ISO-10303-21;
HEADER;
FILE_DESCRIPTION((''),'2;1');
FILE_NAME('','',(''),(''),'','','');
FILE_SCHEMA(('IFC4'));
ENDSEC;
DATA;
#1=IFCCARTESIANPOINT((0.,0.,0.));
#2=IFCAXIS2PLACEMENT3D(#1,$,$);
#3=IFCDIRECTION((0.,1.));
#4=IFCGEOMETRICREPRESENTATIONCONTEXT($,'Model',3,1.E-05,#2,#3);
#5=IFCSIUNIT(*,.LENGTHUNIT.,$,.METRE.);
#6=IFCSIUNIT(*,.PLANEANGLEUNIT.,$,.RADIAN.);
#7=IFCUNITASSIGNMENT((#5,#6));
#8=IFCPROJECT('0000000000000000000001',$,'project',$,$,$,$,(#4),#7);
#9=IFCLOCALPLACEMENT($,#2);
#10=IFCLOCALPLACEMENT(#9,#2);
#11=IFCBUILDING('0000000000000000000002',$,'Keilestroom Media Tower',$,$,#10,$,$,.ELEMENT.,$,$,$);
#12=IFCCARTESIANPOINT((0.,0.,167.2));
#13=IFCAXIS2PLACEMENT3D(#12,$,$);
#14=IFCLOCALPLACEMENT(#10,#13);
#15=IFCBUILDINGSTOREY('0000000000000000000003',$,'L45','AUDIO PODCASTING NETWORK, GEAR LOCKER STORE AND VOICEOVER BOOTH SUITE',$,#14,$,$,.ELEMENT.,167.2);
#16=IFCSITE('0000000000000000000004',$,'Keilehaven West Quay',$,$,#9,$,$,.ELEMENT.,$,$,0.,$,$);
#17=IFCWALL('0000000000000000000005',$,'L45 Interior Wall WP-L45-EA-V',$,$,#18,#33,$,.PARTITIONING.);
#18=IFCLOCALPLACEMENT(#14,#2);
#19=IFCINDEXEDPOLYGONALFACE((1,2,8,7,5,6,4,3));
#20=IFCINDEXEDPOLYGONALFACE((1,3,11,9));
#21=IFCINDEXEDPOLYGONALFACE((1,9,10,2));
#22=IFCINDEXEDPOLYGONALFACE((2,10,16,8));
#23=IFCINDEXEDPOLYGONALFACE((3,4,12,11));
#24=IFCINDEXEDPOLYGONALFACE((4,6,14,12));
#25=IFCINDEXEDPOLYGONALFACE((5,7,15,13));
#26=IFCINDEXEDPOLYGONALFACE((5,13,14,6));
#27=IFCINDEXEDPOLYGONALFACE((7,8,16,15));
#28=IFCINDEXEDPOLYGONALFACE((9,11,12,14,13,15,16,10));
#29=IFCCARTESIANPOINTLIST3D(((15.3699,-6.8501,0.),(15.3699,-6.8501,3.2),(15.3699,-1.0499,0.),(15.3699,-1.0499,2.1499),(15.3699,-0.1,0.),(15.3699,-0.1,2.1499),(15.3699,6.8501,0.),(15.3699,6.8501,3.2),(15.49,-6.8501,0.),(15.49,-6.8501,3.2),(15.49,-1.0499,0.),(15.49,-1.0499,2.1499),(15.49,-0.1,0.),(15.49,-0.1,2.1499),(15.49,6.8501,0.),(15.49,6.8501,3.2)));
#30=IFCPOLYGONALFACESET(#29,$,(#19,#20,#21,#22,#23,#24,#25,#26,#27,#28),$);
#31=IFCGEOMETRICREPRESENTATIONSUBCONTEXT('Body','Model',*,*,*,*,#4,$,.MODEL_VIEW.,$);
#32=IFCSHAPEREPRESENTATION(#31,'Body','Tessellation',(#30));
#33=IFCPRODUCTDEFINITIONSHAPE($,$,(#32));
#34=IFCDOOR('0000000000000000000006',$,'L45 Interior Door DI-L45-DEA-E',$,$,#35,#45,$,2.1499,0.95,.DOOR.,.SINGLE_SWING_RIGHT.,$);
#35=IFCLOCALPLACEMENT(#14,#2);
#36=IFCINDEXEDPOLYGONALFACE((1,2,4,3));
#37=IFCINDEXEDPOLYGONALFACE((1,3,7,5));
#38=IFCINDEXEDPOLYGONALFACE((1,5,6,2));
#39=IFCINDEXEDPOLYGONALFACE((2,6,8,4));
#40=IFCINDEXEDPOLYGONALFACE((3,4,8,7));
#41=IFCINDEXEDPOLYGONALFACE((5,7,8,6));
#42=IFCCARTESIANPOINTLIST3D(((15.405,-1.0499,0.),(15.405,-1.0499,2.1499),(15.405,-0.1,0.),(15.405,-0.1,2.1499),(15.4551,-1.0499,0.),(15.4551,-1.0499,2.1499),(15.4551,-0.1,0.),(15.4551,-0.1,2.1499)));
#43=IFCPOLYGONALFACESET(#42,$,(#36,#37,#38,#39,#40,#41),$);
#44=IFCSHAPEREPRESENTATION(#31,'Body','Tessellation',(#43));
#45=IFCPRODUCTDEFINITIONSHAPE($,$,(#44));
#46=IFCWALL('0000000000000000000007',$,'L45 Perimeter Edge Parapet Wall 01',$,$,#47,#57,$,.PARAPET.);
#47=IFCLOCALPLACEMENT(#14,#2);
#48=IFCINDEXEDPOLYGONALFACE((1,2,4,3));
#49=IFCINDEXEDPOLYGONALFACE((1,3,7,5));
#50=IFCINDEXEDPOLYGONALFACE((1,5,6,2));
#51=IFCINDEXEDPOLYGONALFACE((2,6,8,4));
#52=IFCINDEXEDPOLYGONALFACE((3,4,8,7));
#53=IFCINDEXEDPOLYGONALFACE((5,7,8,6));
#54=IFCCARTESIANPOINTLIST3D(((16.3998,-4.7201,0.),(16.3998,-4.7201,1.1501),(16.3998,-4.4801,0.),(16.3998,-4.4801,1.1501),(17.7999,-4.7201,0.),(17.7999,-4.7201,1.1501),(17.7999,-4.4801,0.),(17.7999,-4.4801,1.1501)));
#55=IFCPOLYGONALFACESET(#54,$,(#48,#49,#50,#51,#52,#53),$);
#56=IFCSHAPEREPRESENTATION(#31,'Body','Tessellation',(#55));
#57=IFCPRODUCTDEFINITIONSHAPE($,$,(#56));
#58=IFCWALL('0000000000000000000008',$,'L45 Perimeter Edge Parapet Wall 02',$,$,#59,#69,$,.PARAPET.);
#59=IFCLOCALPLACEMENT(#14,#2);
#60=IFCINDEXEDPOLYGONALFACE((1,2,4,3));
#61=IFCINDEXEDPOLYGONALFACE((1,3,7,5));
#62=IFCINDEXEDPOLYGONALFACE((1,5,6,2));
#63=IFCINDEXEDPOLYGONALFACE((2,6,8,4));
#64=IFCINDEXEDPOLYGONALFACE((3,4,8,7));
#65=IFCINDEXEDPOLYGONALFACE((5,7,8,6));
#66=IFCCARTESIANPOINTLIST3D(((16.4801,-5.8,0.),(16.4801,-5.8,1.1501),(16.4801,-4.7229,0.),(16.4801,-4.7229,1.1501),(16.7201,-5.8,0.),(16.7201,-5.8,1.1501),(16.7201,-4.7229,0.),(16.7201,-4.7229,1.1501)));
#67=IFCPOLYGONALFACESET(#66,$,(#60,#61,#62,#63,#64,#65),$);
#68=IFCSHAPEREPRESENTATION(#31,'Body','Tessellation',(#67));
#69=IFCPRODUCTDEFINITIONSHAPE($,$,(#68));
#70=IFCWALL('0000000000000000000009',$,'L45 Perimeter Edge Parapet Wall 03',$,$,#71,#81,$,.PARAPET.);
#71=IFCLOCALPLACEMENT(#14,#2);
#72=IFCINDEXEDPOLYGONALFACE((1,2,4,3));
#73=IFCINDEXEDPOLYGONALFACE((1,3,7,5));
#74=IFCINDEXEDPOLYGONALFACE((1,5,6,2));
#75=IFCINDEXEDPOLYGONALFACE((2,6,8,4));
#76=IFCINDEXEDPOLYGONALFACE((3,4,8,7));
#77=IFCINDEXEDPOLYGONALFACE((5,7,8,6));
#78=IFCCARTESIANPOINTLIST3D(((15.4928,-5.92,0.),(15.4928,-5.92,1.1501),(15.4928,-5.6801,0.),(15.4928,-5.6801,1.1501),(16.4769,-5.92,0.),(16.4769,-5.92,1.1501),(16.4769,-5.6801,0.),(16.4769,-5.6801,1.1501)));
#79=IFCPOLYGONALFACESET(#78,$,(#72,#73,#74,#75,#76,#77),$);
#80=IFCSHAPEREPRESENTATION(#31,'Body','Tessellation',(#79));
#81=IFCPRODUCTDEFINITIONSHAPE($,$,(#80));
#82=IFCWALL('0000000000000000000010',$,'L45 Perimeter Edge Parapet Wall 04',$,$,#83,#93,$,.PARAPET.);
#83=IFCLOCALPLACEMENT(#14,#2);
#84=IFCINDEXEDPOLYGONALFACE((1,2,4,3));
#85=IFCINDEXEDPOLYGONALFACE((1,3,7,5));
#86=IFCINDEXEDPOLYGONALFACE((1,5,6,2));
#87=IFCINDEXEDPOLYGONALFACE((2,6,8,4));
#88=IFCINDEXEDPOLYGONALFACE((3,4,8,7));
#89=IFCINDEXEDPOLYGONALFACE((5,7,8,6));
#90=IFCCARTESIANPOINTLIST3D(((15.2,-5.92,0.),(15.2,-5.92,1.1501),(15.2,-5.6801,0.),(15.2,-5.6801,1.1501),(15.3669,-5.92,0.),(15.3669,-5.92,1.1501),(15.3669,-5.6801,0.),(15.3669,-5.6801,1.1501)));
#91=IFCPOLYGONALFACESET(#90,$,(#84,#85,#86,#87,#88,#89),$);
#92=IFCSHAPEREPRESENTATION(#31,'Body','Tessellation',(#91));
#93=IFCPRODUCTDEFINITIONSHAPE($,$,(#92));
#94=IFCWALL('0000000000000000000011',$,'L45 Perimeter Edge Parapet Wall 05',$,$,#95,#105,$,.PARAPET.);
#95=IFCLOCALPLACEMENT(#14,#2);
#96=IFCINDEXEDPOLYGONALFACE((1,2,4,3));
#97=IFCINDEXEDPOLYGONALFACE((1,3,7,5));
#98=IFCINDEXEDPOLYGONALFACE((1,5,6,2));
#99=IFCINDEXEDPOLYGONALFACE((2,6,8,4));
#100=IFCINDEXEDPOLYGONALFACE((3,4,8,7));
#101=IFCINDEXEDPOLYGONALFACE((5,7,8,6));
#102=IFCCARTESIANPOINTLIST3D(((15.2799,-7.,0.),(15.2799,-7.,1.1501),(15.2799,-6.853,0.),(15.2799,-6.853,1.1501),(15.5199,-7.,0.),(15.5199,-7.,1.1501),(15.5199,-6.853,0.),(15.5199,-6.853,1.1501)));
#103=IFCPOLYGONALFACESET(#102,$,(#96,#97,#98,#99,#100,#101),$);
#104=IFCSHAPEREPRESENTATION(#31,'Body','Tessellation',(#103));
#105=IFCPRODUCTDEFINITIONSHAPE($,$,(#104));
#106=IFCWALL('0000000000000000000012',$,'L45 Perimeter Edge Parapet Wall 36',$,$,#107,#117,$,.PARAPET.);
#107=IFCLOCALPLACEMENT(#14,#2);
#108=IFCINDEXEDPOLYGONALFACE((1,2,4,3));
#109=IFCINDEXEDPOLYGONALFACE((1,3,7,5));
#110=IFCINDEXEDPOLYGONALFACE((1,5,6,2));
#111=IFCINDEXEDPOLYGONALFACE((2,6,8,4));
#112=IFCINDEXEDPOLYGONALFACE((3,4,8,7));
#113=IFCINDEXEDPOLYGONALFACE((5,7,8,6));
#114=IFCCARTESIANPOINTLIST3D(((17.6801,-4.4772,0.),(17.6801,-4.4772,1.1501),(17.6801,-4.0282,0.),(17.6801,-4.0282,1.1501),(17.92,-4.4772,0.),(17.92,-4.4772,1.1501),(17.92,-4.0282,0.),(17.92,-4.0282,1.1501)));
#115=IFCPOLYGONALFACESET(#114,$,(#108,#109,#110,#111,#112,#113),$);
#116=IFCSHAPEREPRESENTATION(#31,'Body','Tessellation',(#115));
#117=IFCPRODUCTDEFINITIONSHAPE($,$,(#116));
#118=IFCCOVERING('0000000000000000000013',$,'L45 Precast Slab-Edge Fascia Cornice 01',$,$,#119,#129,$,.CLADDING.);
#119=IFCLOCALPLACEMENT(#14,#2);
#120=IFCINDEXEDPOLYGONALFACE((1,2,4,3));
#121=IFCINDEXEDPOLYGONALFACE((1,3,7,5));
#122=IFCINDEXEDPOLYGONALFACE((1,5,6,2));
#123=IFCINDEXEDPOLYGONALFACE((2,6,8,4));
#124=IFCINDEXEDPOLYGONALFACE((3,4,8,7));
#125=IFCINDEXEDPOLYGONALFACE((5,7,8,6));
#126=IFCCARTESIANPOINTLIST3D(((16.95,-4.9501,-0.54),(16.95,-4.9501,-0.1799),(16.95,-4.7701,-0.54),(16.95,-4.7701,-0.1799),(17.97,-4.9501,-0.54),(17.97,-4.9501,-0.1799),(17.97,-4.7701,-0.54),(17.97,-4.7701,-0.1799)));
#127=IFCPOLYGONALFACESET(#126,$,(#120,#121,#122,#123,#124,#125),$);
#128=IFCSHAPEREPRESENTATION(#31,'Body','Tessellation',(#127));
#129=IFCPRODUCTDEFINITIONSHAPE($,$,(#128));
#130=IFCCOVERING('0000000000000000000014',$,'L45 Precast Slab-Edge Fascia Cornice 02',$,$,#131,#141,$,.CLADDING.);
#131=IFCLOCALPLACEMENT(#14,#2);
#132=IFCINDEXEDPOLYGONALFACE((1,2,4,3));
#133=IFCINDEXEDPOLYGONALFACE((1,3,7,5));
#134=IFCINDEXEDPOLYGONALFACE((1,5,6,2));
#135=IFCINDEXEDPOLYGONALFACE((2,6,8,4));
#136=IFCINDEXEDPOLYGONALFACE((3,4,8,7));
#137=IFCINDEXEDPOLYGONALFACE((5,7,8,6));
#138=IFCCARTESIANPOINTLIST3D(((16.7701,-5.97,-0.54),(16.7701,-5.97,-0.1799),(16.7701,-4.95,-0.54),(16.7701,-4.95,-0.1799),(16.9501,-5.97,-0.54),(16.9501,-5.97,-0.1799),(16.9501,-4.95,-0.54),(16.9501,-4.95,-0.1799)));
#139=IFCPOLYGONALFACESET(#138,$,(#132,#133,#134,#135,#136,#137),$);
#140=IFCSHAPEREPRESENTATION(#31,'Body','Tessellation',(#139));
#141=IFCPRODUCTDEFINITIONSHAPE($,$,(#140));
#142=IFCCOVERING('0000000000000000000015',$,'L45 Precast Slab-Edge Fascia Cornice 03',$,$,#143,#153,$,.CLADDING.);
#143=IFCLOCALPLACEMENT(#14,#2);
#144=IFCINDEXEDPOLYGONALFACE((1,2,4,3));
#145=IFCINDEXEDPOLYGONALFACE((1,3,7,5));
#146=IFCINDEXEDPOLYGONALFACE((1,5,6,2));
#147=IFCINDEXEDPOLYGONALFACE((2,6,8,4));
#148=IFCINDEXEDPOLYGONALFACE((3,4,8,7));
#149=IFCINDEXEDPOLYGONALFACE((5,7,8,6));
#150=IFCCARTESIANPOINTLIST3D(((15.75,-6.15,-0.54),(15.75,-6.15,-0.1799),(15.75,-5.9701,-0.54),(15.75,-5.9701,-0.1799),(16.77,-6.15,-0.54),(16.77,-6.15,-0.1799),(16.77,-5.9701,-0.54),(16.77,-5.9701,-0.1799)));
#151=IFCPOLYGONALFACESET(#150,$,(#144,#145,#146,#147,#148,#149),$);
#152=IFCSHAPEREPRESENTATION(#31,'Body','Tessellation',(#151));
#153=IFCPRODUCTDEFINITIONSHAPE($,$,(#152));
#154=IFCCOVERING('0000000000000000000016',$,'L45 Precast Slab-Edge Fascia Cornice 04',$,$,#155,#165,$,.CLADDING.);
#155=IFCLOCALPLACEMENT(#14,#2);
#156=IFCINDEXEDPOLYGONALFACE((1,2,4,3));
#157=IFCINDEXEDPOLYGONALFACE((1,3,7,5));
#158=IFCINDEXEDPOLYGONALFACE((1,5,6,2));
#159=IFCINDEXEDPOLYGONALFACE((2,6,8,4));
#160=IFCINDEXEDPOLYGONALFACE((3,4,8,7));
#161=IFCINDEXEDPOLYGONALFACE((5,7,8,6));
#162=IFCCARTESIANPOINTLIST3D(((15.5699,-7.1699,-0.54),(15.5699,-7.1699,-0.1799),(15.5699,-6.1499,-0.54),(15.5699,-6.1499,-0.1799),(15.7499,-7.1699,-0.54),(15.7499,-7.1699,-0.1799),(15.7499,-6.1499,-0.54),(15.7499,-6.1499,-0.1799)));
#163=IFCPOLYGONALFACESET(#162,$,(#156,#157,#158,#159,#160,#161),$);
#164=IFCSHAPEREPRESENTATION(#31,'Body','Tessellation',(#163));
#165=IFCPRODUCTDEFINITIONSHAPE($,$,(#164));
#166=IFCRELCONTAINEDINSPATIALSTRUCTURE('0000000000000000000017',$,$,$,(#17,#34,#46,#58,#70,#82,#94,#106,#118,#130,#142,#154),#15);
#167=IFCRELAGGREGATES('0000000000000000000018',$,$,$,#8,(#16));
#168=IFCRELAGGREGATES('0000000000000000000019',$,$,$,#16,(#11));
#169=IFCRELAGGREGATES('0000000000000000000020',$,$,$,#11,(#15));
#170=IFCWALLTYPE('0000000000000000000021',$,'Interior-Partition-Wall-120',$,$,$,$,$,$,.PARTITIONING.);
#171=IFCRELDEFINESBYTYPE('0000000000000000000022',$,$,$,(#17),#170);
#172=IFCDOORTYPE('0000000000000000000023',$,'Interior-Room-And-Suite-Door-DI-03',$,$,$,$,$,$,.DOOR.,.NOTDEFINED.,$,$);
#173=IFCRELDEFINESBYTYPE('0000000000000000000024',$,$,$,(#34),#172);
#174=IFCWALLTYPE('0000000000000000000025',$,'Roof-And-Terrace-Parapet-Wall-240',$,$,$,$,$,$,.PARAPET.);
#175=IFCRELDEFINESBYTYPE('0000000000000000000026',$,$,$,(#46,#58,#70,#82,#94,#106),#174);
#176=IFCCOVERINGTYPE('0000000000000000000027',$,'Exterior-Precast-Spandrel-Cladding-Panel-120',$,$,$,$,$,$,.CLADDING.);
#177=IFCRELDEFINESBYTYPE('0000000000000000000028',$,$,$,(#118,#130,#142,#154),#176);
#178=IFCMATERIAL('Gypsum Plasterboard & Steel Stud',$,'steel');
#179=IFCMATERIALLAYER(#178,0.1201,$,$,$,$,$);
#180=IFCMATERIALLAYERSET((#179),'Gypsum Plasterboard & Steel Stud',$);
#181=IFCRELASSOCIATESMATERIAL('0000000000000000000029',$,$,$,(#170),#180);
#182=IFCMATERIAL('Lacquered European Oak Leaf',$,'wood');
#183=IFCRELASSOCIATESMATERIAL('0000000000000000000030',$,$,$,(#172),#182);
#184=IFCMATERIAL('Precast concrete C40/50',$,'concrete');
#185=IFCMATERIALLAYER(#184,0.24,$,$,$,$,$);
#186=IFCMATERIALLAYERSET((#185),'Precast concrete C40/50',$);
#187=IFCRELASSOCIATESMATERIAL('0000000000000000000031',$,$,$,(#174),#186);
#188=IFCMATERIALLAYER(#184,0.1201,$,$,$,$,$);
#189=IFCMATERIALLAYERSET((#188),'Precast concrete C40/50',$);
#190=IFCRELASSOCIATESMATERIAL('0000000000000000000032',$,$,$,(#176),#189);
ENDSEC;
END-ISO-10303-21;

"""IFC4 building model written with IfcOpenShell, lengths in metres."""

from ifc_helpers import new_model, si_unit, direction, frame, frame_2d, origin, origin_2d, place, context, subcontext, project, spatial, rectangle, extrude, source, transform, mapped, material, layer, layer_set, type_object, element, fill, save


model = new_model("IFC4")

# Units and contexts
model_context = context("Model", 3, precision=1e-05, world=origin(), true_north=direction((0.0, 1.0)))
body_context = subcontext(model_context, "Body", "Model", "MODEL_VIEW")
ifc_project = project(units=[si_unit("LENGTHUNIT", "METRE"), si_unit("PLANEANGLEUNIT", "RADIAN")], contexts=[model_context])

# Site, building, storey
site_placement = place(None, origin())
site = spatial("IfcSite", under=ifc_project, at=site_placement, Name="Keilehaven West Quay", CompositionType="ELEMENT", RefElevation=0.0)
building_placement = place(site_placement, origin())
building = spatial("IfcBuilding", under=site, at=building_placement, Name="Keilestroom Media Tower", CompositionType="ELEMENT")
storey_placement = place(building_placement, frame((0.0, 0.0, 167.2)))
storey = spatial("IfcBuildingStorey", under=building, at=storey_placement, Name="L45", Description="AUDIO PODCASTING NETWORK, GEAR LOCKER STORE AND VOICEOVER BOOTH SUITE", CompositionType="ELEMENT", Elevation=167.2)

# Shared definitions
ifc_material_1 = material(Name="Precast concrete C40/50", Category="concrete")

# Wall, opening, door
ifc_material_2 = material(Name="Gypsum Plasterboard & Steel Stud", Category="steel")
ifc_layer_1 = layer(ifc_material_2, 0.1201)
ifc_layer_set_1 = layer_set([ifc_layer_1], Name="Gypsum Plasterboard & Steel Stud")
wall_type_1 = type_object("IfcWallType", Name="Interior-Partition-Wall-120", PredefinedType="PARTITIONING", material=ifc_layer_set_1)
wall_1_placement = place(storey_placement, frame((15.4299, -6.8501, 0.0), z_axis=(0.0, 0.0, 1.0), x_axis=(0.0, 1.0, 0.0)))
wall_1 = element("IfcWall", 1, at=wall_1_placement, inside=storey, type_object=wall_type_1, Name="L45 Interior Wall WP-L45-EA-V", PredefinedType="PARTITIONING", context=body_context, shape_type="SweptSolid", body=[
    extrude(rectangle(XDim=13.7002, YDim=0.1201, at=frame_2d((6.8501, 0.0))), origin(), (0.0, 0.0, 1.0), 3.2),
])
opening_placement = place(wall_1_placement, frame((5.8, 0.0, 0.0)))
opening = element("IfcOpeningElement", 2, at=opening_placement, cuts=wall_1, PredefinedType="OPENING", context=body_context, shape_type="SweptSolid", body=[
    extrude(rectangle(XDim=0.95, YDim=2.1499, at=frame_2d((0.4751, 1.075))), frame((0.0, 0.0701, 0.0), z_axis=(0.0, -1.0, 0.0), x_axis=(1.0, 0.0, 0.0)), (0.0, 0.0, 1.0), 0.1401),
])
ifc_material_3 = material(Name="Lacquered European Oak Leaf", Category="wood")
door_type = type_object("IfcDoorType", Name="Interior-Room-And-Suite-Door-DI-03", OperationType="NOTDEFINED", PredefinedType="DOOR", material=ifc_material_3)
shared_shape_1 = source(origin(), body_context, "Body", "SweptSolid", [
    extrude(rectangle(XDim=0.95, YDim=2.1499, at=frame_2d((0.4751, 1.075))), frame((0.0, 0.0249, 0.0), z_axis=(0.0, -1.0, 0.0), x_axis=(1.0, 0.0, 0.0)), (0.0, 0.0, 1.0), 0.05),
])
door_placement = place(opening_placement, origin())
door = element("IfcDoor", 3, at=door_placement, inside=storey, type_object=door_type, Name="L45 Interior Door DI-L45-DEA-E", OperationType="SINGLE_SWING_RIGHT", OverallHeight=2.1499, OverallWidth=0.95, PredefinedType="DOOR", context=body_context, shape_type="MappedRepresentation", body=[
    mapped(shared_shape_1, transform((0.0, 0.0, 0.0), x_axis=(1.0, 0.0, 0.0), y_axis=(0.0, 1.0, 0.0), z_axis=(0.0, 0.0, 1.0), scale=1.0)),
])
fill(opening, door)

# Walls
ifc_layer_2 = layer(ifc_material_1, 0.24)
ifc_layer_set_2 = layer_set([ifc_layer_2], Name="Precast concrete C40/50")
wall_type_2 = type_object("IfcWallType", Name="Roof-And-Terrace-Parapet-Wall-240", PredefinedType="PARAPET", material=ifc_layer_set_2)
wall_2_placement = place(storey_placement, frame((17.8, -4.6001, 0.0), z_axis=(0.0, 0.0, 1.0), x_axis=(-1.0, 0.0, 0.0)))
element("IfcWall", 4, at=wall_2_placement, inside=storey, type_object=wall_type_2, Name="L45 Perimeter Edge Parapet Wall 01", PredefinedType="PARAPET", context=body_context, shape_type="SweptSolid", body=[
    extrude(rectangle(XDim=1.4001, YDim=0.24, at=frame_2d((0.7002, 0.0))), origin(), (0.0, 0.0, 1.0), 1.1501),
])
wall_3_placement = place(storey_placement, frame((16.6001, -4.7229, 0.0), z_axis=(0.0, 0.0, 1.0), x_axis=(0.0, -1.0, 0.0)))
element("IfcWall", 5, at=wall_3_placement, inside=storey, type_object=wall_type_2, Name="L45 Perimeter Edge Parapet Wall 02", PredefinedType="PARAPET", context=body_context, shape_type="SweptSolid", body=[
    extrude(rectangle(XDim=1.0771, YDim=0.24, at=frame_2d((0.5386, 0.0))), origin(), (0.0, 0.0, 1.0), 1.1501),
])
wall_4_placement = place(storey_placement, frame((16.4771, -5.8, 0.0), z_axis=(0.0, 0.0, 1.0), x_axis=(-1.0, 0.0, 0.0)))
element("IfcWall", 6, at=wall_4_placement, inside=storey, type_object=wall_type_2, Name="L45 Perimeter Edge Parapet Wall 03", PredefinedType="PARAPET", context=body_context, shape_type="SweptSolid", body=[
    extrude(rectangle(XDim=0.9841, YDim=0.24, at=frame_2d((0.4922, 0.0))), origin(), (0.0, 0.0, 1.0), 1.1501),
])
wall_5_placement = place(storey_placement, frame((15.3669, -5.8, 0.0), z_axis=(0.0, 0.0, 1.0), x_axis=(-1.0, 0.0, 0.0)))
element("IfcWall", 7, at=wall_5_placement, inside=storey, type_object=wall_type_2, Name="L45 Perimeter Edge Parapet Wall 04", PredefinedType="PARAPET", context=body_context, shape_type="SweptSolid", body=[
    extrude(rectangle(XDim=0.167, YDim=0.24, at=frame_2d((0.0835, 0.0))), origin(), (0.0, 0.0, 1.0), 1.1501),
])
wall_6_placement = place(storey_placement, frame((15.3999, -6.853, 0.0), z_axis=(0.0, 0.0, 1.0), x_axis=(0.0, -1.0, 0.0)))
element("IfcWall", 8, at=wall_6_placement, inside=storey, type_object=wall_type_2, Name="L45 Perimeter Edge Parapet Wall 05", PredefinedType="PARAPET", context=body_context, shape_type="SweptSolid", body=[
    extrude(rectangle(XDim=0.147, YDim=0.24, at=frame_2d((0.0735, 0.0))), origin(), (0.0, 0.0, 1.0), 1.1501),
])
wall_7_placement = place(storey_placement, frame((17.8, -4.0281, 0.0), z_axis=(0.0, 0.0, 1.0), x_axis=(0.0, -1.0, 0.0)))
element("IfcWall", 9, at=wall_7_placement, inside=storey, type_object=wall_type_2, Name="L45 Perimeter Edge Parapet Wall 36", PredefinedType="PARAPET", context=body_context, shape_type="SweptSolid", body=[
    extrude(rectangle(XDim=0.449, YDim=0.24, at=frame_2d((0.2246, 0.0))), origin(), (0.0, 0.0, 1.0), 1.1501),
])

# Coverings
ifc_layer_3 = layer(ifc_material_1, 0.1201)
ifc_layer_set_3 = layer_set([ifc_layer_3], Name="Precast concrete C40/50")
covering_type = type_object("IfcCoveringType", Name="Exterior-Precast-Spandrel-Cladding-Panel-120", PredefinedType="CLADDING", material=ifc_layer_set_3)
shared_shape_2 = source(origin(), body_context, "Body", "SweptSolid", [
    extrude(rectangle(XDim=1.02, YDim=0.1799, at=origin_2d()), origin(), (0.0, 0.0, 1.0), 0.3601),
])
for number, where, z_axis, x_axis, name in (
    (10, (17.46, -4.8601, -0.54), (0.0, 0.0, 1.0), (-1.0, 0.0, 0.0), "L45 Precast Slab-Edge Fascia Cornice 01"),
    (11, (16.8601, -5.46, -0.54), (0.0, 0.0, 1.0), (0.0, -1.0, 0.0), "L45 Precast Slab-Edge Fascia Cornice 02"),
    (12, (16.26, -6.0601, -0.54), (0.0, 0.0, 1.0), (-1.0, 0.0, 0.0), "L45 Precast Slab-Edge Fascia Cornice 03"),
    (13, (15.6599, -6.6599, -0.54), (0.0, 0.0, 1.0), (0.0, -1.0, 0.0), "L45 Precast Slab-Edge Fascia Cornice 04"),
):
    element("IfcCovering", number, at=place(storey_placement, frame(where, z_axis=z_axis, x_axis=x_axis)), inside=storey, type_object=covering_type, Name=name, PredefinedType="CLADDING", context=body_context, shape_type="MappedRepresentation", body=[
        mapped(shared_shape_2, transform((0.0, 0.0, 0.0), x_axis=(1.0, 0.0, 0.0), y_axis=(0.0, 1.0, 0.0), z_axis=(0.0, 0.0, 1.0), scale=1.0)),
    ])

save(model, "model.ifc")
